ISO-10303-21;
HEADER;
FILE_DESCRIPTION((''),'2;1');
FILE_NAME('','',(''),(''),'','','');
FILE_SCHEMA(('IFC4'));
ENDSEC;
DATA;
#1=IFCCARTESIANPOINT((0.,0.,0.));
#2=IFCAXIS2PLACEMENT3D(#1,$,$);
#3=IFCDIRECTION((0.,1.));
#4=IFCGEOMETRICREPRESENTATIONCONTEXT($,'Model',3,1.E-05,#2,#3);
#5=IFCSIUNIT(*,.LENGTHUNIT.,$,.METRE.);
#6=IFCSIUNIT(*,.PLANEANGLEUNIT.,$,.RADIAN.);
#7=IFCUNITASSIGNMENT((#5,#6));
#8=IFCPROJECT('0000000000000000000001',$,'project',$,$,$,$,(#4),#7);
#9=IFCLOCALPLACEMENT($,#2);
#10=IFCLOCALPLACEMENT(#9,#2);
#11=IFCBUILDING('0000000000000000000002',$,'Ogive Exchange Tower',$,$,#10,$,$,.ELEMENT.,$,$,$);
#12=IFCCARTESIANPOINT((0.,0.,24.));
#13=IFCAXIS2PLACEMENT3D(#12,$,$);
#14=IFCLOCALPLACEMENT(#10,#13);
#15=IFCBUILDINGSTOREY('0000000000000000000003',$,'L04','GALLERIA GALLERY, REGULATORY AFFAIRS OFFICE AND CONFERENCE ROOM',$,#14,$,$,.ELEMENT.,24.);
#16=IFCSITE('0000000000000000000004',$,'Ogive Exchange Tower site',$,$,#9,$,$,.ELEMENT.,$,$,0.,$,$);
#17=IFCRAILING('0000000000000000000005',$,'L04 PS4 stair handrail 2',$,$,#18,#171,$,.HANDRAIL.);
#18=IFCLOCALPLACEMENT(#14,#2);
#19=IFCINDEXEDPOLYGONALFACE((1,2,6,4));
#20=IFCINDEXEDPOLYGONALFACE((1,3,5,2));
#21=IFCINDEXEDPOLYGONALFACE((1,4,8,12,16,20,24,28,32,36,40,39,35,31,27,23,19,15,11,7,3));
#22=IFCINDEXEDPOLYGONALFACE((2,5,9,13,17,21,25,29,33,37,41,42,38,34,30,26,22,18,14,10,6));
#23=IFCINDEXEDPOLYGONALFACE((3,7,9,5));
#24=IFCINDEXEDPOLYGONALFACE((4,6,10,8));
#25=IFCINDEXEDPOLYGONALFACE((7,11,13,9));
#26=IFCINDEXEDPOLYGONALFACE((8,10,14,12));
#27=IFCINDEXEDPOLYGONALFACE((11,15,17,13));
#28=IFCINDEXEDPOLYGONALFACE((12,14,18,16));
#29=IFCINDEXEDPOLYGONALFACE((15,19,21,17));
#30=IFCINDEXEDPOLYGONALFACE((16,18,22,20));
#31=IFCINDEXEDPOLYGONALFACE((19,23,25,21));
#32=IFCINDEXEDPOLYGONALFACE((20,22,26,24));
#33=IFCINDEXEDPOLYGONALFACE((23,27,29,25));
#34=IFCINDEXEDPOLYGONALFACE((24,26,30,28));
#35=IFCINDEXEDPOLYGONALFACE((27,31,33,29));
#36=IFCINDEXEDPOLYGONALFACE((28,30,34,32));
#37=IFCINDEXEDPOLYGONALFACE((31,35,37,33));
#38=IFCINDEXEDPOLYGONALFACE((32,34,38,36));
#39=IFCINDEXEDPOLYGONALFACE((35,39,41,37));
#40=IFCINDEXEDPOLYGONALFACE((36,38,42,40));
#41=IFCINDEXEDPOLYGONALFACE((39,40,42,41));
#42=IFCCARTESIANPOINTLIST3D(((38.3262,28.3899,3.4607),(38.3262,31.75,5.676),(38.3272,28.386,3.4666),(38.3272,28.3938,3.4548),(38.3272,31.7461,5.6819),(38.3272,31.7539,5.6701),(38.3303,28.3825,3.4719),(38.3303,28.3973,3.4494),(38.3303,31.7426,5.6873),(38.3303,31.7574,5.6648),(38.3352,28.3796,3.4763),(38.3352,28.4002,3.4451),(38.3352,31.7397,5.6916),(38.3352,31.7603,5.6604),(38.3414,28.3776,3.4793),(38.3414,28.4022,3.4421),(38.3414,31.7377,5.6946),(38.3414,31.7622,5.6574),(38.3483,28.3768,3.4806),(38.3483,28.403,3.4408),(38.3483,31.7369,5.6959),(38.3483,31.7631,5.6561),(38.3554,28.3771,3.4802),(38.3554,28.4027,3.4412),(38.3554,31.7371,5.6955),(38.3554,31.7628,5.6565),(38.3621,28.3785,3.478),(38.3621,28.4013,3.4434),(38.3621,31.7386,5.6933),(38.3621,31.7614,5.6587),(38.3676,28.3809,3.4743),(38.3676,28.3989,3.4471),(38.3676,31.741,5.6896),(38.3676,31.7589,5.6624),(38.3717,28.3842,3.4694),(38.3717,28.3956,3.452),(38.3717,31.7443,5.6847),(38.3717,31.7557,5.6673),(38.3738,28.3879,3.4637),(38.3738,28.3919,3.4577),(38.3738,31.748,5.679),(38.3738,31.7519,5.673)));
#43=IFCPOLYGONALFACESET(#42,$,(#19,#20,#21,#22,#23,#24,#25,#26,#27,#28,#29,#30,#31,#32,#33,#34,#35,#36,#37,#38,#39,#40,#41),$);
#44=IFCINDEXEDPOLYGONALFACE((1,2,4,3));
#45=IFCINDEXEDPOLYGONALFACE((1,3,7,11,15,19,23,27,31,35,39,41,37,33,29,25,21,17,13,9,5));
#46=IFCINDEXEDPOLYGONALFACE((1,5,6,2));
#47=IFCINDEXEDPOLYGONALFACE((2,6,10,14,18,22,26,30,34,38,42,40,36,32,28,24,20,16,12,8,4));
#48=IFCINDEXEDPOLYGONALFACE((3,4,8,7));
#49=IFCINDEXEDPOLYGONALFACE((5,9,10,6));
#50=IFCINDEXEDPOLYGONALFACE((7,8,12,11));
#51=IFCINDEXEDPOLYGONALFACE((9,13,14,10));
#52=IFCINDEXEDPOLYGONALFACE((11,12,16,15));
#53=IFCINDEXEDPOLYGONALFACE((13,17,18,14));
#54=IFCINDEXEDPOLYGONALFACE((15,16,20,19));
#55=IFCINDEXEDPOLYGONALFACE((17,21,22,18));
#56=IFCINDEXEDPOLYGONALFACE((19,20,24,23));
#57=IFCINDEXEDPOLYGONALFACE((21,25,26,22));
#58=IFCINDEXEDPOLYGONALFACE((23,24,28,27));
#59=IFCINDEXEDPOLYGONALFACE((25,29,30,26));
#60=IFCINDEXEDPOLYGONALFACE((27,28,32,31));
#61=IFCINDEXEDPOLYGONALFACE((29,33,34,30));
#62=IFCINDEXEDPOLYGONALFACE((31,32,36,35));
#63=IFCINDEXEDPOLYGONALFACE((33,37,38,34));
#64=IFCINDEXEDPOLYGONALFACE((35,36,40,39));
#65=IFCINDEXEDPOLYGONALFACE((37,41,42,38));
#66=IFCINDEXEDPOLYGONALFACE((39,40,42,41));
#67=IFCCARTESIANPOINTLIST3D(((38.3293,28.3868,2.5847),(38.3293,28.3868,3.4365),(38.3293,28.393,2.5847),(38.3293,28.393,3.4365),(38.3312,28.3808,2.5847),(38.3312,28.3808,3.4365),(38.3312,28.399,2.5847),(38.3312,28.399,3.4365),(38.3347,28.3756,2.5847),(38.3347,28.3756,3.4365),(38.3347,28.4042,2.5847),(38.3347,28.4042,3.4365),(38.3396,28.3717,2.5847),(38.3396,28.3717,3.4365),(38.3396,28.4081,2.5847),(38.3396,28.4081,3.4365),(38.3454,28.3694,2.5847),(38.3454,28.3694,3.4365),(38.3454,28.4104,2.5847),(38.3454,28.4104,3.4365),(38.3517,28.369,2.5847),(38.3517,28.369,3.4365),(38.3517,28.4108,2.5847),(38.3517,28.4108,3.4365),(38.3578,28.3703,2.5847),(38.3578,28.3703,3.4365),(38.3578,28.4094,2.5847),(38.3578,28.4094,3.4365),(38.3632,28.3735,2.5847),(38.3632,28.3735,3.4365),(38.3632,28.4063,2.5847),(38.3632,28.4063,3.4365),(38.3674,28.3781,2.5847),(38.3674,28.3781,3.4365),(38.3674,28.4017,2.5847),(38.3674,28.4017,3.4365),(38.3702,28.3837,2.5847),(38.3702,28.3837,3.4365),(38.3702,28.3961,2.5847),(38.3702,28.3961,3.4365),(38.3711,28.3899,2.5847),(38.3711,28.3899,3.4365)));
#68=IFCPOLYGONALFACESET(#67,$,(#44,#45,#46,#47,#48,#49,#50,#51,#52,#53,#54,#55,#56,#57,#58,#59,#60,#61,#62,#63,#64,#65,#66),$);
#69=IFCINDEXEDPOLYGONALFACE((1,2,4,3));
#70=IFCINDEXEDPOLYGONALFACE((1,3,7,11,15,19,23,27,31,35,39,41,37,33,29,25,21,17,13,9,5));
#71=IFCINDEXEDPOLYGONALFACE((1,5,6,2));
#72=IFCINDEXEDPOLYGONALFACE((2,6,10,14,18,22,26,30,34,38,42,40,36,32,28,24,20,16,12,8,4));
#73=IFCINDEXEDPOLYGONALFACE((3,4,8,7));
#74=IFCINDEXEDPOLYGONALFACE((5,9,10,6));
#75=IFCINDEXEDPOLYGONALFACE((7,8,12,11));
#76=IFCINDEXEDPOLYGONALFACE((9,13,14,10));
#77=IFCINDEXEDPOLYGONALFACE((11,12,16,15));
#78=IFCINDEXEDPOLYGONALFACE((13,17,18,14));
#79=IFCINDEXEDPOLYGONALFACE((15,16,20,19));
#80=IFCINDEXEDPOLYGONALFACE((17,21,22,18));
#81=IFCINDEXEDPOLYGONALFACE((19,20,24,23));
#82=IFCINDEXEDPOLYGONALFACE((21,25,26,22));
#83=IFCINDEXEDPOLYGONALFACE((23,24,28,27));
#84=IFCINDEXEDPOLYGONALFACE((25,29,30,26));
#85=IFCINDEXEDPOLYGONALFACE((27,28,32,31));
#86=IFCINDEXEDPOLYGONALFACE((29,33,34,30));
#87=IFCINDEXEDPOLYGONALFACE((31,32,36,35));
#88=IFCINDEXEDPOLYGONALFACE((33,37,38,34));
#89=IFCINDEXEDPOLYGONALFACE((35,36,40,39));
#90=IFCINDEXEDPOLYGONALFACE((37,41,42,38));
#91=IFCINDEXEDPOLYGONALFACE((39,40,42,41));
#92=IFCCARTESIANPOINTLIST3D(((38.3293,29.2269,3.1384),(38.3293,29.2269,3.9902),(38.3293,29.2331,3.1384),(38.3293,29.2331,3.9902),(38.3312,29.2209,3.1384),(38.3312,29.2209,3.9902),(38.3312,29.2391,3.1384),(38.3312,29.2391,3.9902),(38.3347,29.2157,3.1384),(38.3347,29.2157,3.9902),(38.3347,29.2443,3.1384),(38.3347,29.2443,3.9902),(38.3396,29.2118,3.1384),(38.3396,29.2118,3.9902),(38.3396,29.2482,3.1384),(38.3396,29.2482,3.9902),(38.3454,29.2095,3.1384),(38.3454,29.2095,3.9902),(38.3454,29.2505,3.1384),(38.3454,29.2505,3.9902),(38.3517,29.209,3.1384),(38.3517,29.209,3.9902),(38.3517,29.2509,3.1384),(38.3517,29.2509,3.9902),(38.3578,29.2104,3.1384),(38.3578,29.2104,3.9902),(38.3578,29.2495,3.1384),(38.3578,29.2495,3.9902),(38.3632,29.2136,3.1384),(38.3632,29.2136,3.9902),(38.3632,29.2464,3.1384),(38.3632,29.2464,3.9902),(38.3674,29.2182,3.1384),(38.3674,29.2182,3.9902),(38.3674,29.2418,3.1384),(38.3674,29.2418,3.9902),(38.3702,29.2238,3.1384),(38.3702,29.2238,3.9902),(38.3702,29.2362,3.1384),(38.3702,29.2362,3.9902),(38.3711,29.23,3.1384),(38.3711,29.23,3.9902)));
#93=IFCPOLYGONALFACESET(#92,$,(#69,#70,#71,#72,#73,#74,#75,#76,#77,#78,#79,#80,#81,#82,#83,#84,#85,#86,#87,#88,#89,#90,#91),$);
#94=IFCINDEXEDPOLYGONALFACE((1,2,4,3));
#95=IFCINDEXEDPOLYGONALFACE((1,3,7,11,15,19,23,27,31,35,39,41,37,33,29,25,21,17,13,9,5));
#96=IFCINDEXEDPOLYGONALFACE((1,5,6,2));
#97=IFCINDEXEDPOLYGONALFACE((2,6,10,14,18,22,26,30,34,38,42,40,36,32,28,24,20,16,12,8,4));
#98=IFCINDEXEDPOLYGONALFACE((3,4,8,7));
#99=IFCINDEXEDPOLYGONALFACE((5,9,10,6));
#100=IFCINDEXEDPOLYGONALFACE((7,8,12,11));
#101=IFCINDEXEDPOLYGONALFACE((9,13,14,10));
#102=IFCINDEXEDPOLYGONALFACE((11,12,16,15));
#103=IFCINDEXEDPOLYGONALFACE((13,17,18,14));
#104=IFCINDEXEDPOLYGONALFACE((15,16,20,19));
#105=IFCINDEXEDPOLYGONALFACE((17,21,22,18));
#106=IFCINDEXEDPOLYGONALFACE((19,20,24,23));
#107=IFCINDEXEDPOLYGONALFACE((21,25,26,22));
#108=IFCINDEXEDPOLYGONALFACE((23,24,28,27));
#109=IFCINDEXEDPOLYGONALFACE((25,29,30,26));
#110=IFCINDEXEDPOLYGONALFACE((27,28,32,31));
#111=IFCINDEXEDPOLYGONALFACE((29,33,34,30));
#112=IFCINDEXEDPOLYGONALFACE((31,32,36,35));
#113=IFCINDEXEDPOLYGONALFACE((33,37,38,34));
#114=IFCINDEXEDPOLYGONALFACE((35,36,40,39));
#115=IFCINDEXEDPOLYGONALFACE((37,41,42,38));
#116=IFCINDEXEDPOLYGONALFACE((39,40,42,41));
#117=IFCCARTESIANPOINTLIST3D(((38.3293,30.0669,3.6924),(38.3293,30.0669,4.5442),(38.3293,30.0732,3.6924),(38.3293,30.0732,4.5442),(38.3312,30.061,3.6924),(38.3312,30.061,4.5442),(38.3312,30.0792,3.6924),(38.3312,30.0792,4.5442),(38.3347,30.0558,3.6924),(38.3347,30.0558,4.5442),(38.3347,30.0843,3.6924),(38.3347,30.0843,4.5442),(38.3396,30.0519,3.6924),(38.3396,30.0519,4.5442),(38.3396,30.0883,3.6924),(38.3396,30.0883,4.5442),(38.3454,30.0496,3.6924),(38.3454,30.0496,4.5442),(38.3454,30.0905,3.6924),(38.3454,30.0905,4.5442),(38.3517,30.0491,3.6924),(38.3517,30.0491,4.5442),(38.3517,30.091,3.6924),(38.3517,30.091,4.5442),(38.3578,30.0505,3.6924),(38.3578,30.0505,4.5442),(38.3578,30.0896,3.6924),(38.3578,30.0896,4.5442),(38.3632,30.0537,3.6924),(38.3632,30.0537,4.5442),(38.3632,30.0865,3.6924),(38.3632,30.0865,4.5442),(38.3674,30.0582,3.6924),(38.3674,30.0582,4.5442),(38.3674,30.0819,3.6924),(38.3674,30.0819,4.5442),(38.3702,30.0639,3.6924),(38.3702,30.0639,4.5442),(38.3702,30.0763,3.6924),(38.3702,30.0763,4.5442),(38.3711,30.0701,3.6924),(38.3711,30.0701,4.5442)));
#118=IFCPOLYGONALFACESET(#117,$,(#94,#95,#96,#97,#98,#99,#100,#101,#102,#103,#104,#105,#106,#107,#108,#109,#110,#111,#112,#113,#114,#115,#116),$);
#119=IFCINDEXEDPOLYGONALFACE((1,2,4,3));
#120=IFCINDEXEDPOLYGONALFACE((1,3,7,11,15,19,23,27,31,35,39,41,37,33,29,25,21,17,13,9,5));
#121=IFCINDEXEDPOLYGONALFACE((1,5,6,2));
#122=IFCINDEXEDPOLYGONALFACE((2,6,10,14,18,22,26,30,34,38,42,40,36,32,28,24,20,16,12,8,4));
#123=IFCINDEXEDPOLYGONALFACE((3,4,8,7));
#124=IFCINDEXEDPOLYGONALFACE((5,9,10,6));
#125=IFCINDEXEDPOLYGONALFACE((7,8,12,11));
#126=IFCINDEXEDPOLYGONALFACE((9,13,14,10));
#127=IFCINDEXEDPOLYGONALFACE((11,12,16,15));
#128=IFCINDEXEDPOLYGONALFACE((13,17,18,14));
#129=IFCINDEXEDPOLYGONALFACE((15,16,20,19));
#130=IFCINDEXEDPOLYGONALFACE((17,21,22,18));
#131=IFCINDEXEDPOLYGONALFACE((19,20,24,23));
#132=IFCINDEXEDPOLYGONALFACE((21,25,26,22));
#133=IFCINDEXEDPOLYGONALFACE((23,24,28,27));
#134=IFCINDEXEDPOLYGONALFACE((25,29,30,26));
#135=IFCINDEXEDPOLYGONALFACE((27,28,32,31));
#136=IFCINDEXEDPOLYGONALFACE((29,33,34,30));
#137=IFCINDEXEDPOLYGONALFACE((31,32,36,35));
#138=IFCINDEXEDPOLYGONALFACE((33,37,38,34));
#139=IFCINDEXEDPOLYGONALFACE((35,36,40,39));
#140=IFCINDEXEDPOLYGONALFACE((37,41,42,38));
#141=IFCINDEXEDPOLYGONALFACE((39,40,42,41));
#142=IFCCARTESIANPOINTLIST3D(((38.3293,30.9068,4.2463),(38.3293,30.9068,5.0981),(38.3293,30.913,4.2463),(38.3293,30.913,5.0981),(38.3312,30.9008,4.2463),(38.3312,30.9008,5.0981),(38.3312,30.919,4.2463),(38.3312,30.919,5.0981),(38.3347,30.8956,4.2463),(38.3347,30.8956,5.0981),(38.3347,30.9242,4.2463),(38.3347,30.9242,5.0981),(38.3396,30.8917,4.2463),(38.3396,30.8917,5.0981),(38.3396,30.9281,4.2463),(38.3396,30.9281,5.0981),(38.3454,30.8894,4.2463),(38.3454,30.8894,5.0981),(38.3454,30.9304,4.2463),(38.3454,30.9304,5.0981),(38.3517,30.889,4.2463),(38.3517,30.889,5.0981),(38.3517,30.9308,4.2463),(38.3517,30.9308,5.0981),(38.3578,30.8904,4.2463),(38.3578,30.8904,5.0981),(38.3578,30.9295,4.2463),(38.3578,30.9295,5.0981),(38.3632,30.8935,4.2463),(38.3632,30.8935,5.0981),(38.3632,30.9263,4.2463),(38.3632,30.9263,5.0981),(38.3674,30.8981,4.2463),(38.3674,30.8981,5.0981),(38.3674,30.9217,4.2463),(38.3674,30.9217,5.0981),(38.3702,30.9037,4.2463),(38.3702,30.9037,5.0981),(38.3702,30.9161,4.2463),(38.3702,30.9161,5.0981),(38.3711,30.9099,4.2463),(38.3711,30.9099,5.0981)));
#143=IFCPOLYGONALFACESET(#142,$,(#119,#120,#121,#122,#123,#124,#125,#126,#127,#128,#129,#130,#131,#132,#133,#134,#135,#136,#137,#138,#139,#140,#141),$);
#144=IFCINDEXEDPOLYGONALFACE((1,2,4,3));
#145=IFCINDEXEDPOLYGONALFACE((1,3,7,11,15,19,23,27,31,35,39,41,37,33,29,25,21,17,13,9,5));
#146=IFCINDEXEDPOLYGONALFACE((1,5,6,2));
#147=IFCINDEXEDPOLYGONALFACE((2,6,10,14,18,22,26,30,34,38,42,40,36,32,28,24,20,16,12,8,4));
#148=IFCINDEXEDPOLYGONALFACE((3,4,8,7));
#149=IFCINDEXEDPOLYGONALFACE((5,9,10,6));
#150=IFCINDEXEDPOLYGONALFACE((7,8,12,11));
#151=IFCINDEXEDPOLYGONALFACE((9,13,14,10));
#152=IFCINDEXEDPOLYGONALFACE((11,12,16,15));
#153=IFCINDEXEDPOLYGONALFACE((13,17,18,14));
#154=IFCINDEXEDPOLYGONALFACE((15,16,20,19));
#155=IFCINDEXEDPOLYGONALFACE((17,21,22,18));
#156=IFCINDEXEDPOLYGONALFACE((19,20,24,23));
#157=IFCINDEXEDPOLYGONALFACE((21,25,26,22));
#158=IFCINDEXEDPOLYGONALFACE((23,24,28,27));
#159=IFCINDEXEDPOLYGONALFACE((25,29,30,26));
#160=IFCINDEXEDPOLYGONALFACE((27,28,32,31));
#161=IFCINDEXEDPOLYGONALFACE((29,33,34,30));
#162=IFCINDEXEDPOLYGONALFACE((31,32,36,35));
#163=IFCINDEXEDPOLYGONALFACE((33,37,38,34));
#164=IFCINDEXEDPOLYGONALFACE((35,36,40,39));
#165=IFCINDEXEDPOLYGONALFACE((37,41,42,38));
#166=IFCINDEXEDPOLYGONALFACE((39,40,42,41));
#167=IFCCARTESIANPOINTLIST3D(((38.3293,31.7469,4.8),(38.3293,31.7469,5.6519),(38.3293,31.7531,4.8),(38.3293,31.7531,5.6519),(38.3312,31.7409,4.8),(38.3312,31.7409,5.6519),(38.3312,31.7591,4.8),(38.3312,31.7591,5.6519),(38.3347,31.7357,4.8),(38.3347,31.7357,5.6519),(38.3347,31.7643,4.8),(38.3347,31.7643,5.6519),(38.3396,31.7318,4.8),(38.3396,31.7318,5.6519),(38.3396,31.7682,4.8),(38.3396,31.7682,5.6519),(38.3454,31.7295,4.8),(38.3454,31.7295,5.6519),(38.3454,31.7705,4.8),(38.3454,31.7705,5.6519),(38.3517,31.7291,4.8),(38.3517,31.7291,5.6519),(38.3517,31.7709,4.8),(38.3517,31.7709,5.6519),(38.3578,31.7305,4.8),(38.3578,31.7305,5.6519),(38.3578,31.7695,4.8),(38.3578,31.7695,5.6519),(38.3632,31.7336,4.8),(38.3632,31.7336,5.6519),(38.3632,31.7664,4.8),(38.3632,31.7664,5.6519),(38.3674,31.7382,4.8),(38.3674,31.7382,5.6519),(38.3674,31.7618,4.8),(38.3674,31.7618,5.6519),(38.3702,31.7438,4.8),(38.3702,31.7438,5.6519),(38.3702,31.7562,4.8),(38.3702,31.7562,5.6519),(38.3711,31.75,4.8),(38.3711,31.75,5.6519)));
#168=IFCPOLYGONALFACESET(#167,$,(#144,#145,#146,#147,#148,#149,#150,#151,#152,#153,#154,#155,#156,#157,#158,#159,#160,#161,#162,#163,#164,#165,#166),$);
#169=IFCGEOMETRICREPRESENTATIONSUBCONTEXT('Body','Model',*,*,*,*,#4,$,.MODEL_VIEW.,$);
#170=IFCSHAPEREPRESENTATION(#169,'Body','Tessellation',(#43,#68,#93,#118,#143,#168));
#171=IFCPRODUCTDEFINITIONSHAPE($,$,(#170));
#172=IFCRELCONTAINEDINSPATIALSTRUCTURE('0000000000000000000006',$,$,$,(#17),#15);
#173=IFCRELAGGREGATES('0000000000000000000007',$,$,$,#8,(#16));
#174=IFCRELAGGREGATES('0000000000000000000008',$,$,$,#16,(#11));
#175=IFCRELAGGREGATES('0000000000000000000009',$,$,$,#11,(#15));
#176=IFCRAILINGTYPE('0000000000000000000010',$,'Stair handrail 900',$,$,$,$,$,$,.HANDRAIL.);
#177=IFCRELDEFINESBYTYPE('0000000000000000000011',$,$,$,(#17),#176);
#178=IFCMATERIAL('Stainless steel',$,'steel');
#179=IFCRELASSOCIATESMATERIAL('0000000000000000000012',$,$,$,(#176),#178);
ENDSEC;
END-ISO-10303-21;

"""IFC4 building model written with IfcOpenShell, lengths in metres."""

from ifc_helpers import new_model, si_unit, direction, frame, origin, origin_2d, place, context, subcontext, project, spatial, circle, extrude, material, type_object, element, save


model = new_model("IFC4")

# Units and contexts
model_context = context("Model", 3, precision=1e-05, world=origin(), true_north=direction((0.0, 1.0)))
body_context = subcontext(model_context, "Body", "Model", "MODEL_VIEW")
ifc_project = project(units=[si_unit("LENGTHUNIT", "METRE"), si_unit("PLANEANGLEUNIT", "RADIAN")], contexts=[model_context])

# Site, building, storey
site_placement = place(None, origin())
site = spatial("IfcSite", under=ifc_project, at=site_placement, Name="Ogive Exchange Tower site", CompositionType="ELEMENT", RefElevation=0.0)
building_placement = place(site_placement, origin())
building = spatial("IfcBuilding", under=site, at=building_placement, Name="Ogive Exchange Tower", CompositionType="ELEMENT")
storey_placement = place(building_placement, frame((0.0, 0.0, 24.0)))
storey = spatial("IfcBuildingStorey", under=building, at=storey_placement, Name="L04", Description="GALLERIA GALLERY, REGULATORY AFFAIRS OFFICE AND CONFERENCE ROOM", CompositionType="ELEMENT", Elevation=24.0)

# Railing
ifc_material_1 = material(Name="Stainless steel", Category="steel")
railing_type = type_object("IfcRailingType", Name="Stair handrail 900", PredefinedType="HANDRAIL", material=ifc_material_1)
railing_1_placement = place(storey_placement, frame((38.3501, 28.3899, 2.5847)))
element("IfcRailing", 1, at=railing_1_placement, inside=storey, type_object=railing_type, Name="L04 PS4 stair handrail 2", PredefinedType="HANDRAIL", context=body_context, shape_type="SweptSolid", body=[
    extrude(circle(Radius=0.0239, at=origin_2d()), frame((0.0, 0.0, 0.876), z_axis=(0.0, 0.834876, 0.550437), x_axis=(-1.0, 0.0, 0.0)), (0.0, 0.0, 1.0), 4.0247),
    extrude(circle(Radius=0.021, at=origin_2d()), origin(), (0.0, 0.0, 1.0), 0.8518),
    extrude(circle(Radius=0.021, at=origin_2d()), frame((0.0, 0.8401, 0.5537)), (0.0, 0.0, 1.0), 0.8518),
    extrude(circle(Radius=0.021, at=origin_2d()), frame((0.0, 1.6802, 1.1077)), (0.0, 0.0, 1.0), 0.8518),
    extrude(circle(Radius=0.021, at=origin_2d()), frame((0.0, 2.52, 1.6616)), (0.0, 0.0, 1.0), 0.8518),
    extrude(circle(Radius=0.021, at=origin_2d()), frame((0.0, 3.3601, 2.2153)), (0.0, 0.0, 1.0), 0.8518),
])

save(model, "model.ifc")
